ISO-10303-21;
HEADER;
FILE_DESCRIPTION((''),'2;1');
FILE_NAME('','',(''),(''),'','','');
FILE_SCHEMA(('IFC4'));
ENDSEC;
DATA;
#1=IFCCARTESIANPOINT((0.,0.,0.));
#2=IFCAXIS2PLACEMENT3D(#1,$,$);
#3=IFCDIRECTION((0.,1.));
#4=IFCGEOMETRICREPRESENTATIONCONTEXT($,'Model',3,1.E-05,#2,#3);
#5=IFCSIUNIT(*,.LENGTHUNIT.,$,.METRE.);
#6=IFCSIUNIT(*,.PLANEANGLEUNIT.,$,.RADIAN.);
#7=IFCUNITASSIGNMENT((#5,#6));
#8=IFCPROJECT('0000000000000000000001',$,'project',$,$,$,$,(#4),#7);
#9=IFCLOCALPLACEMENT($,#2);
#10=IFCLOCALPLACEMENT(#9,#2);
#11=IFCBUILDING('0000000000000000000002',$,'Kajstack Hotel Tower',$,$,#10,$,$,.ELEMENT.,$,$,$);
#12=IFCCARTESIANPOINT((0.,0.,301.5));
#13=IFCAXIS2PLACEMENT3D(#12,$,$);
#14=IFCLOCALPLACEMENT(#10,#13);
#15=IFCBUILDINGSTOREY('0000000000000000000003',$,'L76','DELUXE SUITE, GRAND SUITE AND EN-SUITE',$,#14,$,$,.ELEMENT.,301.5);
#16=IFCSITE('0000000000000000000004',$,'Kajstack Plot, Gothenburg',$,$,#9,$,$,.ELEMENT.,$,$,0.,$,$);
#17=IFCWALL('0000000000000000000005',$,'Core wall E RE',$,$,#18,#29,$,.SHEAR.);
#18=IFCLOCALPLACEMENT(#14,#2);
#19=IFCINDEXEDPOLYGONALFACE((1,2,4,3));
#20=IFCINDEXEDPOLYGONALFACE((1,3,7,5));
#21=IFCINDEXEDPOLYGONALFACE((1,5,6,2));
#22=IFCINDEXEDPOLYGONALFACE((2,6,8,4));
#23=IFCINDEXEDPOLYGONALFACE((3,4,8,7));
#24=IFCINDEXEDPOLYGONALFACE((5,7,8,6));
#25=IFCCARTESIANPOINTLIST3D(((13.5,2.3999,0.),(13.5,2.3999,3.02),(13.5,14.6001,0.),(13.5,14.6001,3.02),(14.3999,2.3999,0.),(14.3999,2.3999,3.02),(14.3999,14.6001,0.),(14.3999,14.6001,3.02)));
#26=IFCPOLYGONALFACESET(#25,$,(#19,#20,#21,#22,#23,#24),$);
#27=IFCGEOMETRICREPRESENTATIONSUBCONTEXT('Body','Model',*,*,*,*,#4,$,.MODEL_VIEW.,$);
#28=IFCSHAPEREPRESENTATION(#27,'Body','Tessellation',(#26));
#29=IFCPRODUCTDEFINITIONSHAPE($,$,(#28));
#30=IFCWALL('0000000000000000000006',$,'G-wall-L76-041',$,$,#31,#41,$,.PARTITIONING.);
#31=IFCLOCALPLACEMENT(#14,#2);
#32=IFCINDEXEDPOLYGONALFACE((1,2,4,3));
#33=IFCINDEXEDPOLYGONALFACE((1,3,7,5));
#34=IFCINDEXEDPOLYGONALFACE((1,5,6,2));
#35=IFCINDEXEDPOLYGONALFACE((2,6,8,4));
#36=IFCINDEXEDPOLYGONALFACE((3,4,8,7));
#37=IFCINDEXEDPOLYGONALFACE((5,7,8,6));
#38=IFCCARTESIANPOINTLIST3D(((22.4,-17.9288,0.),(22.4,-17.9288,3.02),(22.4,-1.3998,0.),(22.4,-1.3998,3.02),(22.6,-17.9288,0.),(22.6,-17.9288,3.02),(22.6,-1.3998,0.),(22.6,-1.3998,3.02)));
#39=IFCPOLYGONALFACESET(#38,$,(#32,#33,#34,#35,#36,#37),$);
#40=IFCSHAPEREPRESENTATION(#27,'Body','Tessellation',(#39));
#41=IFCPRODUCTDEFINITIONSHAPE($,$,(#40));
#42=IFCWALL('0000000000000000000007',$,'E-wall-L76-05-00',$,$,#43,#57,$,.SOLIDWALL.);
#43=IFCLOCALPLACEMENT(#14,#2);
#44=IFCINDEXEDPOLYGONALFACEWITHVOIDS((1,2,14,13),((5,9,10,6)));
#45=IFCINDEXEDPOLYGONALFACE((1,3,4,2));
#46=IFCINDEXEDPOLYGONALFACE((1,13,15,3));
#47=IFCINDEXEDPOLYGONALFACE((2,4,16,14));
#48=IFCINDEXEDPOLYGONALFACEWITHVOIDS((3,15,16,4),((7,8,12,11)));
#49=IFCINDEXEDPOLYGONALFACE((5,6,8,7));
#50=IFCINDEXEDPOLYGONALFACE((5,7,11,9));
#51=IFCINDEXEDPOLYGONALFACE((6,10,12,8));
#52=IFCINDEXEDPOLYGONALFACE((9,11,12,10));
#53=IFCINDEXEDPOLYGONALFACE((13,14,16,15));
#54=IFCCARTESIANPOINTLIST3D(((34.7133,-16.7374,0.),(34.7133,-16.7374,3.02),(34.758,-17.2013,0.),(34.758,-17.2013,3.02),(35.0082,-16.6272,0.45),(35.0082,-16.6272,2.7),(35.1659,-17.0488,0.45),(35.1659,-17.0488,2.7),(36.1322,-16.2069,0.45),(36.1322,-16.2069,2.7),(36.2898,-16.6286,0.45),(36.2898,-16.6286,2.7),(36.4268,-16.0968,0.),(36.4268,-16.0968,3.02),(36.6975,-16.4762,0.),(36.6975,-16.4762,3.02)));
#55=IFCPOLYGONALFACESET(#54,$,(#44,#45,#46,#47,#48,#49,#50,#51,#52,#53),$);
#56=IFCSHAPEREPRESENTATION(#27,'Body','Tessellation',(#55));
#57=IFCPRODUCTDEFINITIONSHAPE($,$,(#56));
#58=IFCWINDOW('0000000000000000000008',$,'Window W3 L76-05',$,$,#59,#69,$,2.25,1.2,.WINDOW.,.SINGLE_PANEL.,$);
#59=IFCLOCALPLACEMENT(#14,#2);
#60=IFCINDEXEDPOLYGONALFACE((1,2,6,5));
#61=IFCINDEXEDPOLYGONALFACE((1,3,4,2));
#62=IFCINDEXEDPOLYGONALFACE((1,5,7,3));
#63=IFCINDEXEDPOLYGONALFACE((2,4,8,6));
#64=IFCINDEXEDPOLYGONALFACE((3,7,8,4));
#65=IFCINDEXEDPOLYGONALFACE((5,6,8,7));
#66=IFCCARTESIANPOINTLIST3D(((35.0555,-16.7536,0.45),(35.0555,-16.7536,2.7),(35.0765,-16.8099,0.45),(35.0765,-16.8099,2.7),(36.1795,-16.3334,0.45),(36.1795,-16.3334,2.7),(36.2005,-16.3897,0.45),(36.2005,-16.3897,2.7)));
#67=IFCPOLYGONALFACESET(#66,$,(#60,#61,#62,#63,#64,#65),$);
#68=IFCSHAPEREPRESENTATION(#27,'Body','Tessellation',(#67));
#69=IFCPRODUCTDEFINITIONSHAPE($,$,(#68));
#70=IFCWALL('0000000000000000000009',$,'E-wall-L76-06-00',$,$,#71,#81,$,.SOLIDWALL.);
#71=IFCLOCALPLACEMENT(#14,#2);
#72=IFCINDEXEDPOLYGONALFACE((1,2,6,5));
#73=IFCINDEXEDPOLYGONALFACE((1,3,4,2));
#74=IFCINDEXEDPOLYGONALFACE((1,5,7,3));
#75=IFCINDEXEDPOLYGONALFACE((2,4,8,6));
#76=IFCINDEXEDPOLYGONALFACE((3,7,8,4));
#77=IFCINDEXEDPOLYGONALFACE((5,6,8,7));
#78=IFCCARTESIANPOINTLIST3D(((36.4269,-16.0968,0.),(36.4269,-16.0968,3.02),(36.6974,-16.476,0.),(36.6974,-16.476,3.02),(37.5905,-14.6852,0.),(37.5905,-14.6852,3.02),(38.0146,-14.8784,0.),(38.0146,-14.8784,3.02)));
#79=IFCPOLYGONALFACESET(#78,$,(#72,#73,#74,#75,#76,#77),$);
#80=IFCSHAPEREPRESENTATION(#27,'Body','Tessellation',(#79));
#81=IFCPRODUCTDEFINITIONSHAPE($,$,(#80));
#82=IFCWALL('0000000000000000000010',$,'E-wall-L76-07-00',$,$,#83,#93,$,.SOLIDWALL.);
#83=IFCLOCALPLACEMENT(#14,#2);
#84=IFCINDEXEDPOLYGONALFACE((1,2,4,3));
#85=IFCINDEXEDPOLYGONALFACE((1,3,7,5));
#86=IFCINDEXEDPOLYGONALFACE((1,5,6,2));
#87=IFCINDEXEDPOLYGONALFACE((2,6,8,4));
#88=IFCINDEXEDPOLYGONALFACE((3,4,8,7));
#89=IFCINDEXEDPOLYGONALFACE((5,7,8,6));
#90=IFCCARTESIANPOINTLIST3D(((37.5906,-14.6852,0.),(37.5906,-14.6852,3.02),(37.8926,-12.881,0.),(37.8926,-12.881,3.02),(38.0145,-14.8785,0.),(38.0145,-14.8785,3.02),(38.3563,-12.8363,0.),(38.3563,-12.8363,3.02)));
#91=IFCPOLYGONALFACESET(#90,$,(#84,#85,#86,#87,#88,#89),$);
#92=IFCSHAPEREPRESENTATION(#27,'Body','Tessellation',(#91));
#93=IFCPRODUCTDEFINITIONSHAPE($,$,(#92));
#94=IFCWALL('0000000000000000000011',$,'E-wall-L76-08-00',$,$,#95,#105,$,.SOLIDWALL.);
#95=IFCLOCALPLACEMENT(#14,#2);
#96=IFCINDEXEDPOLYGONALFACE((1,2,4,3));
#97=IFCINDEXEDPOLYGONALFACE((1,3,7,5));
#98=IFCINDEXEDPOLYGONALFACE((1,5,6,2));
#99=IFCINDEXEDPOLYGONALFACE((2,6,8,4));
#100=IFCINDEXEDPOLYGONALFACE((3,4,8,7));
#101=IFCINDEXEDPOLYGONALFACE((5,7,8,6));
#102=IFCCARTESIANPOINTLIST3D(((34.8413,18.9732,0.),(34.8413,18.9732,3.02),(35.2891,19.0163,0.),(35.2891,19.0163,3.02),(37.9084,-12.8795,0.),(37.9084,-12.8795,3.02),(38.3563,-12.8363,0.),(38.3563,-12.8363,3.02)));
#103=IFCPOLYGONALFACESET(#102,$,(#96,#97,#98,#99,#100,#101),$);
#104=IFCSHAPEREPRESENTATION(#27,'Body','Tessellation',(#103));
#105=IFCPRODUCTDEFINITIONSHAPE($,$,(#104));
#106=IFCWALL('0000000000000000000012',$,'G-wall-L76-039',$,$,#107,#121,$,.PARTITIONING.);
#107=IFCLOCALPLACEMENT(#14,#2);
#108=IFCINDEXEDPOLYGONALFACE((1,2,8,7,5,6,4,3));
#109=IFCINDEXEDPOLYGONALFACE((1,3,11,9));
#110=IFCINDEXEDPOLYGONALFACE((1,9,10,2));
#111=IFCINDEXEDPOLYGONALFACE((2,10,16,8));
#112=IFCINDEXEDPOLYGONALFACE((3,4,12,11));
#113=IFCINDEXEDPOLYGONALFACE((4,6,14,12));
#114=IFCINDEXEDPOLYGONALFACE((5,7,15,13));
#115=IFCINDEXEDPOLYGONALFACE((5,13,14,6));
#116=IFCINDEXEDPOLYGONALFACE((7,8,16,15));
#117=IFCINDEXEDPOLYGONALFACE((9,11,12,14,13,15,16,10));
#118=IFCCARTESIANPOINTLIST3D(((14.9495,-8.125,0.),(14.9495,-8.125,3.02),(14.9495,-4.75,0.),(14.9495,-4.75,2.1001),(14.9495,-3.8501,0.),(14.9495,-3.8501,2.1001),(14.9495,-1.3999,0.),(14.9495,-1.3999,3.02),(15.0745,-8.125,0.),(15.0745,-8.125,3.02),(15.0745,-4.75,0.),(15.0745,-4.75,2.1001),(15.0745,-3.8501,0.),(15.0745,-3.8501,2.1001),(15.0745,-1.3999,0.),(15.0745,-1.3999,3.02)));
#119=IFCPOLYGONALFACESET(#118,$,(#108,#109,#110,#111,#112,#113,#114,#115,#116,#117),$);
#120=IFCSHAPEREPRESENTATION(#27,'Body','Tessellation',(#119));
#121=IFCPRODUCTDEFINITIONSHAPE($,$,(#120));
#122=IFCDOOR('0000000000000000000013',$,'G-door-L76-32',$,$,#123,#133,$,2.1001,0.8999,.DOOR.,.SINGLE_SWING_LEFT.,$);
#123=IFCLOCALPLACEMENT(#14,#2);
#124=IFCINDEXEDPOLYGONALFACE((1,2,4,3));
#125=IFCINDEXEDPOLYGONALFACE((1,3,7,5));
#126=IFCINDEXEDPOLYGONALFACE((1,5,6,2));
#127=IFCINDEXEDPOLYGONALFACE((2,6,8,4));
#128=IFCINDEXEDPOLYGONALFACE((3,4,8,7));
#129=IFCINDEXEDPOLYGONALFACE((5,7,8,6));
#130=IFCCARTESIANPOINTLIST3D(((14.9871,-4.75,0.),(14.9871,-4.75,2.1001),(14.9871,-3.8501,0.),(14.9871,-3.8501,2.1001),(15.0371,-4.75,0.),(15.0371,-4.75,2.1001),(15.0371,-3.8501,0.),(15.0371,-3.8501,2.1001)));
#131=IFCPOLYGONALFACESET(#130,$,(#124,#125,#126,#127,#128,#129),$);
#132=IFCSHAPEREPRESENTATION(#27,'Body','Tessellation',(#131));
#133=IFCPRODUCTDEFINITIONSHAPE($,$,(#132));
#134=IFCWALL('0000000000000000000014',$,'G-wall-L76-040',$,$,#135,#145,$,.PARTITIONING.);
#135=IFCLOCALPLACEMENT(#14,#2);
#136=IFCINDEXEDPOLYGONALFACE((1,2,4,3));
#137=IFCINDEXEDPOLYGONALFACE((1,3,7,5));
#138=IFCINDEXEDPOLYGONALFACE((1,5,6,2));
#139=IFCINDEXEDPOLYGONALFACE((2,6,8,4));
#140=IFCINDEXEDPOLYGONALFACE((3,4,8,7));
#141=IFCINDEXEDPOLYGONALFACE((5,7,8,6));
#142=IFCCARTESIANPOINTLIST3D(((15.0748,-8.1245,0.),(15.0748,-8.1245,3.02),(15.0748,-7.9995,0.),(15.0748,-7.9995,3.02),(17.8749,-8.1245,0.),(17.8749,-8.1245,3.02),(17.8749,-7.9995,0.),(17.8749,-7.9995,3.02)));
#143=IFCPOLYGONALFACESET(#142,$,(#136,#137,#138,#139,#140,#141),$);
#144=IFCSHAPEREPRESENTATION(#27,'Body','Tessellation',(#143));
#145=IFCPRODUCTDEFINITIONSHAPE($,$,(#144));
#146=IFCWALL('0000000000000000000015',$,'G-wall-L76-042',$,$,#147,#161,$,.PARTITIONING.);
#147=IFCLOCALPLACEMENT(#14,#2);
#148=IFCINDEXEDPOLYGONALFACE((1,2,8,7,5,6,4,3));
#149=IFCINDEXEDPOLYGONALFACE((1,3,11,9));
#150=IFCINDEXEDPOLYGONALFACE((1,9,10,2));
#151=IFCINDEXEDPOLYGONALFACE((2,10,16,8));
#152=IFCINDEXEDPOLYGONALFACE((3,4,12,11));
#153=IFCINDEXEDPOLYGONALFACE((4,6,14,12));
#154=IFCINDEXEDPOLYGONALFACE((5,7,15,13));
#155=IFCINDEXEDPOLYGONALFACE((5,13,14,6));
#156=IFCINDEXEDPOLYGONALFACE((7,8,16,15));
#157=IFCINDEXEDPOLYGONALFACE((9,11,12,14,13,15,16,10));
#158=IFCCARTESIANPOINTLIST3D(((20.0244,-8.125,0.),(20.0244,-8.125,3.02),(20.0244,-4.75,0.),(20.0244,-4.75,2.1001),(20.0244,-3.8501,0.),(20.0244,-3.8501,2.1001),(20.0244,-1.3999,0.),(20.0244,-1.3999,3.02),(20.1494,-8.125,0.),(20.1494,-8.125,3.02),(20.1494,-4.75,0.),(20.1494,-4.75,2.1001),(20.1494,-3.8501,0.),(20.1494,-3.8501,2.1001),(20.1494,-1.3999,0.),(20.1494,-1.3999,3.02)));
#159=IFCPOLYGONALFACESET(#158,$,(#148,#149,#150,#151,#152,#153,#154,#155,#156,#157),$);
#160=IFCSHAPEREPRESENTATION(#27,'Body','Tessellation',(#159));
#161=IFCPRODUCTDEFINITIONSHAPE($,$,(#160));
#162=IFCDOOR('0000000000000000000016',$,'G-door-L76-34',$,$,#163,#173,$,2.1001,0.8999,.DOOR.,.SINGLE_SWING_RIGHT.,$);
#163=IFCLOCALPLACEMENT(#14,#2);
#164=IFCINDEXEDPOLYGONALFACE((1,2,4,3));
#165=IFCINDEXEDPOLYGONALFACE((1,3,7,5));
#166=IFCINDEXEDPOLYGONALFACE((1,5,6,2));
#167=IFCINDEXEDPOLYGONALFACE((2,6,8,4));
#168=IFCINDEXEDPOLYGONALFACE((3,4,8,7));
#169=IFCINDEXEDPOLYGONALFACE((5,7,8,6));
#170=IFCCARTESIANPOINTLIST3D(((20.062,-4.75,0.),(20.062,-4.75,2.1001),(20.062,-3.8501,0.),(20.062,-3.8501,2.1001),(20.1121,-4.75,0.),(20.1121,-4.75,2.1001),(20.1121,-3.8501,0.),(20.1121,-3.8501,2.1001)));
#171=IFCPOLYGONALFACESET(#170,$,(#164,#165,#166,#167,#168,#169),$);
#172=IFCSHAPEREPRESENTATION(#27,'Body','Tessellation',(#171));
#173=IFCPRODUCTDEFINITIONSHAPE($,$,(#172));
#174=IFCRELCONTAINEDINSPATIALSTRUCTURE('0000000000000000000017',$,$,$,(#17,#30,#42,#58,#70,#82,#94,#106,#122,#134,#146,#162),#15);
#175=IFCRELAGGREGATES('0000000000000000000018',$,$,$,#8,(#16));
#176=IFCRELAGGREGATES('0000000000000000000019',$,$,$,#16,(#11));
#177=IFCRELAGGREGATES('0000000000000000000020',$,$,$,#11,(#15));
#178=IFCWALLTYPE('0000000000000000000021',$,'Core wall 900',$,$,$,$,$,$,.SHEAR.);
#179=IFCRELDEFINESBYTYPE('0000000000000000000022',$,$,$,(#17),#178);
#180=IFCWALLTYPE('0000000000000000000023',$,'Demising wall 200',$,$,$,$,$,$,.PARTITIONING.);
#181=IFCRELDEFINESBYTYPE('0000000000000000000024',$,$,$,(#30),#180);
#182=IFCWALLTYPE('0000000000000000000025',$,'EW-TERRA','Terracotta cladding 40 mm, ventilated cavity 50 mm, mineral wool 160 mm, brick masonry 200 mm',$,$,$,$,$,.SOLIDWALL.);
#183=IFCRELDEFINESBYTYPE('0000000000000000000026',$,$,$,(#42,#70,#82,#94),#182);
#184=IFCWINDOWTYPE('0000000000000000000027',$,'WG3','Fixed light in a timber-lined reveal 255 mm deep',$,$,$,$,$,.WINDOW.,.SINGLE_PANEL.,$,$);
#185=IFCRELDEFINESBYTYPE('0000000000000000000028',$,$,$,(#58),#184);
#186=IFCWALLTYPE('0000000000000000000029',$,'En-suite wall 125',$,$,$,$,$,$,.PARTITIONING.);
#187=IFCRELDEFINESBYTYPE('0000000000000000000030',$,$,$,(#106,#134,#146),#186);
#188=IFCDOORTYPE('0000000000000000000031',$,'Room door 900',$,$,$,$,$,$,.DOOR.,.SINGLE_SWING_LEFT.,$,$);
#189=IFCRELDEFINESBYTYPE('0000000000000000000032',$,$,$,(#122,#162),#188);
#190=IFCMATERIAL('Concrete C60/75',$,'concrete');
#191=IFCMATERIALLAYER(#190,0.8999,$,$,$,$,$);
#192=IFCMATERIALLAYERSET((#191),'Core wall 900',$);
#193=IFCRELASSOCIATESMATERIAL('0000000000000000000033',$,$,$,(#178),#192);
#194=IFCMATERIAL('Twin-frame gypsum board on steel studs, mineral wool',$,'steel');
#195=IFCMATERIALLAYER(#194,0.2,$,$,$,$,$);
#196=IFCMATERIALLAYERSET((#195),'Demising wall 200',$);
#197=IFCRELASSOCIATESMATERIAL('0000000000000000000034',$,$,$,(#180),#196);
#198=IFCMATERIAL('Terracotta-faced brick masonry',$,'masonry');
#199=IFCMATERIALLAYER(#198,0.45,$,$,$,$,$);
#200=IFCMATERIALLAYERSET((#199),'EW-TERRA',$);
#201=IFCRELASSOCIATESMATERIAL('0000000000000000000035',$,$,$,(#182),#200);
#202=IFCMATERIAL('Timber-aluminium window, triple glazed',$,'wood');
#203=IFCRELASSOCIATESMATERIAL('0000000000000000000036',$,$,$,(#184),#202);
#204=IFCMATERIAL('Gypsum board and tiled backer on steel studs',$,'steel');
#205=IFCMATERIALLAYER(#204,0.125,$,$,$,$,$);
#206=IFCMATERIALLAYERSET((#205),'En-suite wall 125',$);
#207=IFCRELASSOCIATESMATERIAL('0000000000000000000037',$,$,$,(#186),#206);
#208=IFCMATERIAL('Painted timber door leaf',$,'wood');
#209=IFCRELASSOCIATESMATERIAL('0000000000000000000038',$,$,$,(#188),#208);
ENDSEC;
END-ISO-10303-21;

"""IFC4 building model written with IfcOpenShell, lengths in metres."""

from ifc_helpers import new_model, si_unit, direction, frame, frame_2d, origin, place, context, subcontext, project, spatial, polyline, rectangle, outline, extrude, material, layer, layer_set, type_object, element, fill, save


model = new_model("IFC4")

# Units and contexts
model_context = context("Model", 3, precision=1e-05, world=origin(), true_north=direction((0.0, 1.0)))
body_context = subcontext(model_context, "Body", "Model", "MODEL_VIEW")
ifc_project = project(units=[si_unit("LENGTHUNIT", "METRE"), si_unit("PLANEANGLEUNIT", "RADIAN")], contexts=[model_context])

# Site, building, storey
site_placement = place(None, origin())
site = spatial("IfcSite", under=ifc_project, at=site_placement, Name="Kajstack Plot, Gothenburg", CompositionType="ELEMENT", RefElevation=0.0)
building_placement = place(site_placement, origin())
building = spatial("IfcBuilding", under=site, at=building_placement, Name="Kajstack Hotel Tower", CompositionType="ELEMENT")
storey_placement = place(building_placement, frame((0.0, 0.0, 301.5)))
storey = spatial("IfcBuildingStorey", under=building, at=storey_placement, Name="L76", Description="DELUXE SUITE, GRAND SUITE AND EN-SUITE", CompositionType="ELEMENT", Elevation=301.5)

# Walls
ifc_material_1 = material(Name="Concrete C60/75", Category="concrete")
ifc_layer_1 = layer(ifc_material_1, 0.8999)
ifc_layer_set_1 = layer_set([ifc_layer_1], Name="Core wall 900")
wall_type_1 = type_object("IfcWallType", Name="Core wall 900", PredefinedType="SHEAR", material=ifc_layer_set_1)
wall_1_placement = place(storey_placement, frame((13.95, 2.3999, 0.0), z_axis=(0.0, 0.0, 1.0), x_axis=(0.0, 1.0, 0.0)))
element("IfcWall", 1, at=wall_1_placement, inside=storey, type_object=wall_type_1, Name="Core wall E RE", PredefinedType="SHEAR", context=body_context, shape_type="SweptSolid", body=[
    extrude(rectangle(XDim=12.2002, YDim=0.8999, at=frame_2d((6.1001, 0.0))), origin(), (0.0, 0.0, 1.0), 3.02),
])
ifc_material_2 = material(Name="Twin-frame gypsum board on steel studs, mineral wool", Category="steel")
ifc_layer_2 = layer(ifc_material_2, 0.2)
ifc_layer_set_2 = layer_set([ifc_layer_2], Name="Demising wall 200")
wall_type_2 = type_object("IfcWallType", Name="Demising wall 200", PredefinedType="PARTITIONING", material=ifc_layer_set_2)
wall_2_placement = place(storey_placement, frame((22.5, -17.929, 0.0), z_axis=(0.0, 0.0, 1.0), x_axis=(0.0, 1.0, 0.0)))
element("IfcWall", 2, at=wall_2_placement, inside=storey, type_object=wall_type_2, Name="G-wall-L76-041", PredefinedType="PARTITIONING", context=body_context, shape_type="SweptSolid", body=[
    extrude(rectangle(XDim=16.5291, YDim=0.2, at=frame_2d((8.2646, 0.0))), origin(), (0.0, 0.0, 1.0), 3.02),
])

# Wall, opening, window
ifc_material_3 = material(Name="Terracotta-faced brick masonry", Category="masonry")
ifc_layer_3 = layer(ifc_material_3, 0.45)
ifc_layer_set_3 = layer_set([ifc_layer_3], Name="EW-TERRA")
wall_type_3 = type_object("IfcWallType", Name="EW-TERRA", Description="Terracotta cladding 40 mm, ventilated cavity 50 mm, mineral wool 160 mm, brick masonry 200 mm", PredefinedType="SOLIDWALL", material=ifc_layer_set_3)
wall_3_placement = place(storey_placement, frame((34.6792, -16.9905, 0.0), z_axis=(0.0, 0.0, 1.0), x_axis=(0.936678, 0.350193, 0.0)))
wall_3 = element("IfcWall", 3, at=wall_3_placement, inside=storey, type_object=wall_type_3, Name="E-wall-L76-05-00", PredefinedType="SOLIDWALL", context=body_context, shape_type="SweptSolid", body=[
    extrude(outline(polyline([(0.0, -0.2251), (2.0706, -0.2251), (1.95, 0.2251), (0.1206, 0.2251), (0.0, -0.2251)])), origin(), (0.0, 0.0, 1.0), 3.02),
])
opening_1_placement = place(wall_3_placement, frame((0.4353, 0.0, 0.45)))
opening_1 = element("IfcOpeningElement", 4, at=opening_1_placement, cuts=wall_3, PredefinedType="OPENING", context=body_context, shape_type="SweptSolid", body=[
    extrude(rectangle(XDim=1.2, YDim=2.25, at=frame_2d((0.6001, 1.125))), frame((0.0, 0.2349, 0.0), z_axis=(0.0, -1.0, 0.0), x_axis=(1.0, 0.0, 0.0)), (0.0, 0.0, 1.0), 0.47),
])
ifc_material_4 = material(Name="Timber-aluminium window, triple glazed", Category="wood")
window_type = type_object("IfcWindowType", Name="WG3", Description="Fixed light in a timber-lined reveal 255 mm deep", PartitioningType="SINGLE_PANEL", PredefinedType="WINDOW", material=ifc_material_4)
window_placement = place(opening_1_placement, origin())
window = element("IfcWindow", 5, at=window_placement, inside=storey, type_object=window_type, Name="Window W3 L76-05", OverallHeight=2.25, OverallWidth=1.2, PartitioningType="SINGLE_PANEL", PredefinedType="WINDOW", context=body_context, shape_type="SweptSolid", body=[
    extrude(rectangle(XDim=1.2, YDim=2.25, at=frame_2d((0.6001, 1.125))), frame((0.0, 0.0901, 0.0), z_axis=(0.0, -1.0, 0.0), x_axis=(1.0, 0.0, 0.0)), (0.0, 0.0, 1.0), 0.0601),
])
fill(opening_1, window)

# Walls
wall_4_placement = place(storey_placement, frame((36.5239, -16.333, 0.0), z_axis=(0.0, 0.0, 1.0), x_axis=(0.636046, 0.771651, 0.0)))
element("IfcWall", 6, at=wall_4_placement, inside=storey, type_object=wall_type_3, Name="E-wall-L76-06-00", PredefinedType="SOLIDWALL", context=body_context, shape_type="SweptSolid", body=[
    extrude(outline(polyline([(0.0, -0.2249), (2.0706, -0.2251), (1.95, 0.2251), (0.1206, 0.2251), (0.0, -0.2249)])), origin(), (0.0, 0.0, 1.0), 3.02),
])
wall_5_placement = place(storey_placement, frame((37.7925, -14.8413, 0.0), z_axis=(0.0, 0.0, 1.0), x_axis=(0.165068, 0.986282, 0.0)))
element("IfcWall", 7, at=wall_5_placement, inside=storey, type_object=wall_type_3, Name="E-wall-L76-07-00", PredefinedType="SOLIDWALL", context=body_context, shape_type="SweptSolid", body=[
    extrude(outline(polyline([(0.0, -0.2251), (2.0706, -0.2251), (1.95, 0.2249), (0.1206, 0.2249), (0.0, -0.2251)])), origin(), (0.0, 0.0, 1.0), 3.02),
])
wall_6_placement = place(storey_placement, frame((38.1323, -12.8579, 0.0), z_axis=(0.0, 0.0, 1.0), x_axis=(-0.095848, 0.995396, 0.0)))
element("IfcWall", 8, at=wall_6_placement, inside=storey, type_object=wall_type_3, Name="E-wall-L76-08-00", PredefinedType="SOLIDWALL", context=body_context, shape_type="SweptSolid", body=[
    extrude(rectangle(XDim=32.0, YDim=0.45, at=frame_2d((16.0, 0.0))), origin(), (0.0, 0.0, 1.0), 3.02),
])

# Wall, opening, door
ifc_material_5 = material(Name="Gypsum board and tiled backer on steel studs", Category="steel")
ifc_layer_4 = layer(ifc_material_5, 0.125)
ifc_layer_set_4 = layer_set([ifc_layer_4], Name="En-suite wall 125")
wall_type_4 = type_object("IfcWallType", Name="En-suite wall 125", PredefinedType="PARTITIONING", material=ifc_layer_set_4)
wall_7_placement = place(storey_placement, frame((15.012, -8.125, 0.0), z_axis=(0.0, 0.0, 1.0), x_axis=(0.0, 1.0, 0.0)))
wall_7 = element("IfcWall", 9, at=wall_7_placement, inside=storey, type_object=wall_type_4, Name="G-wall-L76-039", PredefinedType="PARTITIONING", context=body_context, shape_type="SweptSolid", body=[
    extrude(rectangle(XDim=6.7251, YDim=0.125, at=frame_2d((3.3625, 0.0))), origin(), (0.0, 0.0, 1.0), 3.02),
])
opening_2_placement = place(wall_7_placement, frame((3.375, 0.0, 0.0)))
opening_2 = element("IfcOpeningElement", 10, at=opening_2_placement, cuts=wall_7, PredefinedType="OPENING", context=body_context, shape_type="SweptSolid", body=[
    extrude(rectangle(XDim=0.8999, YDim=2.1001, at=frame_2d((0.45, 1.05))), frame((0.0, 0.0725, 0.0), z_axis=(0.0, -1.0, 0.0), x_axis=(1.0, 0.0, 0.0)), (0.0, 0.0, 1.0), 0.145),
])
ifc_material_6 = material(Name="Painted timber door leaf", Category="wood")
door_type_1 = type_object("IfcDoorType", Name="Room door 900", OperationType="SINGLE_SWING_LEFT", PredefinedType="DOOR", material=ifc_material_6)
door_1_placement = place(opening_2_placement, origin())
door_1 = element("IfcDoor", 11, at=door_1_placement, inside=storey, type_object=door_type_1, Name="G-door-L76-32", OperationType="SINGLE_SWING_LEFT", OverallHeight=2.1001, OverallWidth=0.8999, PredefinedType="DOOR", context=body_context, shape_type="SweptSolid", body=[
    extrude(rectangle(XDim=0.8999, YDim=2.1001, at=frame_2d((0.45, 1.05))), frame((0.0, 0.0249, 0.0), z_axis=(0.0, -1.0, 0.0), x_axis=(1.0, 0.0, 0.0)), (0.0, 0.0, 1.0), 0.05),
])
fill(opening_2, door_1)

# Wall
wall_8_placement = place(storey_placement, frame((15.075, -8.062, 0.0), z_axis=(0.0, 0.0, 1.0), x_axis=(1.0, 0.0, 0.0)))
element("IfcWall", 12, at=wall_8_placement, inside=storey, type_object=wall_type_4, Name="G-wall-L76-040", PredefinedType="PARTITIONING", context=body_context, shape_type="SweptSolid", body=[
    extrude(rectangle(XDim=2.8, YDim=0.125, at=frame_2d((1.3999, 0.0))), origin(), (0.0, 0.0, 1.0), 3.02),
])

# Wall, opening, door
wall_9_placement = place(storey_placement, frame((20.0869, -8.125, 0.0), z_axis=(0.0, 0.0, 1.0), x_axis=(0.0, 1.0, 0.0)))
wall_9 = element("IfcWall", 13, at=wall_9_placement, inside=storey, type_object=wall_type_4, Name="G-wall-L76-042", PredefinedType="PARTITIONING", context=body_context, shape_type="SweptSolid", body=[
    extrude(rectangle(XDim=6.7251, YDim=0.125, at=frame_2d((3.3625, 0.0))), origin(), (0.0, 0.0, 1.0), 3.02),
])
opening_3_placement = place(wall_9_placement, frame((3.375, 0.0, 0.0)))
opening_3 = element("IfcOpeningElement", 14, at=opening_3_placement, cuts=wall_9, PredefinedType="OPENING", context=body_context, shape_type="SweptSolid", body=[
    extrude(rectangle(XDim=0.8999, YDim=2.1001, at=frame_2d((0.45, 1.05))), frame((0.0, 0.0725, 0.0), z_axis=(0.0, -1.0, 0.0), x_axis=(1.0, 0.0, 0.0)), (0.0, 0.0, 1.0), 0.145),
])
door_2_placement = place(opening_3_placement, origin())
door_2 = element("IfcDoor", 15, at=door_2_placement, inside=storey, type_object=door_type_1, Name="G-door-L76-34", OperationType="SINGLE_SWING_RIGHT", OverallHeight=2.1001, OverallWidth=0.8999, PredefinedType="DOOR", context=body_context, shape_type="SweptSolid", body=[
    extrude(rectangle(XDim=0.8999, YDim=2.1001, at=frame_2d((0.45, 1.05))), frame((0.0, 0.0249, 0.0), z_axis=(0.0, -1.0, 0.0), x_axis=(1.0, 0.0, 0.0)), (0.0, 0.0, 1.0), 0.05),
])
fill(opening_3, door_2)

save(model, "model.ifc")
